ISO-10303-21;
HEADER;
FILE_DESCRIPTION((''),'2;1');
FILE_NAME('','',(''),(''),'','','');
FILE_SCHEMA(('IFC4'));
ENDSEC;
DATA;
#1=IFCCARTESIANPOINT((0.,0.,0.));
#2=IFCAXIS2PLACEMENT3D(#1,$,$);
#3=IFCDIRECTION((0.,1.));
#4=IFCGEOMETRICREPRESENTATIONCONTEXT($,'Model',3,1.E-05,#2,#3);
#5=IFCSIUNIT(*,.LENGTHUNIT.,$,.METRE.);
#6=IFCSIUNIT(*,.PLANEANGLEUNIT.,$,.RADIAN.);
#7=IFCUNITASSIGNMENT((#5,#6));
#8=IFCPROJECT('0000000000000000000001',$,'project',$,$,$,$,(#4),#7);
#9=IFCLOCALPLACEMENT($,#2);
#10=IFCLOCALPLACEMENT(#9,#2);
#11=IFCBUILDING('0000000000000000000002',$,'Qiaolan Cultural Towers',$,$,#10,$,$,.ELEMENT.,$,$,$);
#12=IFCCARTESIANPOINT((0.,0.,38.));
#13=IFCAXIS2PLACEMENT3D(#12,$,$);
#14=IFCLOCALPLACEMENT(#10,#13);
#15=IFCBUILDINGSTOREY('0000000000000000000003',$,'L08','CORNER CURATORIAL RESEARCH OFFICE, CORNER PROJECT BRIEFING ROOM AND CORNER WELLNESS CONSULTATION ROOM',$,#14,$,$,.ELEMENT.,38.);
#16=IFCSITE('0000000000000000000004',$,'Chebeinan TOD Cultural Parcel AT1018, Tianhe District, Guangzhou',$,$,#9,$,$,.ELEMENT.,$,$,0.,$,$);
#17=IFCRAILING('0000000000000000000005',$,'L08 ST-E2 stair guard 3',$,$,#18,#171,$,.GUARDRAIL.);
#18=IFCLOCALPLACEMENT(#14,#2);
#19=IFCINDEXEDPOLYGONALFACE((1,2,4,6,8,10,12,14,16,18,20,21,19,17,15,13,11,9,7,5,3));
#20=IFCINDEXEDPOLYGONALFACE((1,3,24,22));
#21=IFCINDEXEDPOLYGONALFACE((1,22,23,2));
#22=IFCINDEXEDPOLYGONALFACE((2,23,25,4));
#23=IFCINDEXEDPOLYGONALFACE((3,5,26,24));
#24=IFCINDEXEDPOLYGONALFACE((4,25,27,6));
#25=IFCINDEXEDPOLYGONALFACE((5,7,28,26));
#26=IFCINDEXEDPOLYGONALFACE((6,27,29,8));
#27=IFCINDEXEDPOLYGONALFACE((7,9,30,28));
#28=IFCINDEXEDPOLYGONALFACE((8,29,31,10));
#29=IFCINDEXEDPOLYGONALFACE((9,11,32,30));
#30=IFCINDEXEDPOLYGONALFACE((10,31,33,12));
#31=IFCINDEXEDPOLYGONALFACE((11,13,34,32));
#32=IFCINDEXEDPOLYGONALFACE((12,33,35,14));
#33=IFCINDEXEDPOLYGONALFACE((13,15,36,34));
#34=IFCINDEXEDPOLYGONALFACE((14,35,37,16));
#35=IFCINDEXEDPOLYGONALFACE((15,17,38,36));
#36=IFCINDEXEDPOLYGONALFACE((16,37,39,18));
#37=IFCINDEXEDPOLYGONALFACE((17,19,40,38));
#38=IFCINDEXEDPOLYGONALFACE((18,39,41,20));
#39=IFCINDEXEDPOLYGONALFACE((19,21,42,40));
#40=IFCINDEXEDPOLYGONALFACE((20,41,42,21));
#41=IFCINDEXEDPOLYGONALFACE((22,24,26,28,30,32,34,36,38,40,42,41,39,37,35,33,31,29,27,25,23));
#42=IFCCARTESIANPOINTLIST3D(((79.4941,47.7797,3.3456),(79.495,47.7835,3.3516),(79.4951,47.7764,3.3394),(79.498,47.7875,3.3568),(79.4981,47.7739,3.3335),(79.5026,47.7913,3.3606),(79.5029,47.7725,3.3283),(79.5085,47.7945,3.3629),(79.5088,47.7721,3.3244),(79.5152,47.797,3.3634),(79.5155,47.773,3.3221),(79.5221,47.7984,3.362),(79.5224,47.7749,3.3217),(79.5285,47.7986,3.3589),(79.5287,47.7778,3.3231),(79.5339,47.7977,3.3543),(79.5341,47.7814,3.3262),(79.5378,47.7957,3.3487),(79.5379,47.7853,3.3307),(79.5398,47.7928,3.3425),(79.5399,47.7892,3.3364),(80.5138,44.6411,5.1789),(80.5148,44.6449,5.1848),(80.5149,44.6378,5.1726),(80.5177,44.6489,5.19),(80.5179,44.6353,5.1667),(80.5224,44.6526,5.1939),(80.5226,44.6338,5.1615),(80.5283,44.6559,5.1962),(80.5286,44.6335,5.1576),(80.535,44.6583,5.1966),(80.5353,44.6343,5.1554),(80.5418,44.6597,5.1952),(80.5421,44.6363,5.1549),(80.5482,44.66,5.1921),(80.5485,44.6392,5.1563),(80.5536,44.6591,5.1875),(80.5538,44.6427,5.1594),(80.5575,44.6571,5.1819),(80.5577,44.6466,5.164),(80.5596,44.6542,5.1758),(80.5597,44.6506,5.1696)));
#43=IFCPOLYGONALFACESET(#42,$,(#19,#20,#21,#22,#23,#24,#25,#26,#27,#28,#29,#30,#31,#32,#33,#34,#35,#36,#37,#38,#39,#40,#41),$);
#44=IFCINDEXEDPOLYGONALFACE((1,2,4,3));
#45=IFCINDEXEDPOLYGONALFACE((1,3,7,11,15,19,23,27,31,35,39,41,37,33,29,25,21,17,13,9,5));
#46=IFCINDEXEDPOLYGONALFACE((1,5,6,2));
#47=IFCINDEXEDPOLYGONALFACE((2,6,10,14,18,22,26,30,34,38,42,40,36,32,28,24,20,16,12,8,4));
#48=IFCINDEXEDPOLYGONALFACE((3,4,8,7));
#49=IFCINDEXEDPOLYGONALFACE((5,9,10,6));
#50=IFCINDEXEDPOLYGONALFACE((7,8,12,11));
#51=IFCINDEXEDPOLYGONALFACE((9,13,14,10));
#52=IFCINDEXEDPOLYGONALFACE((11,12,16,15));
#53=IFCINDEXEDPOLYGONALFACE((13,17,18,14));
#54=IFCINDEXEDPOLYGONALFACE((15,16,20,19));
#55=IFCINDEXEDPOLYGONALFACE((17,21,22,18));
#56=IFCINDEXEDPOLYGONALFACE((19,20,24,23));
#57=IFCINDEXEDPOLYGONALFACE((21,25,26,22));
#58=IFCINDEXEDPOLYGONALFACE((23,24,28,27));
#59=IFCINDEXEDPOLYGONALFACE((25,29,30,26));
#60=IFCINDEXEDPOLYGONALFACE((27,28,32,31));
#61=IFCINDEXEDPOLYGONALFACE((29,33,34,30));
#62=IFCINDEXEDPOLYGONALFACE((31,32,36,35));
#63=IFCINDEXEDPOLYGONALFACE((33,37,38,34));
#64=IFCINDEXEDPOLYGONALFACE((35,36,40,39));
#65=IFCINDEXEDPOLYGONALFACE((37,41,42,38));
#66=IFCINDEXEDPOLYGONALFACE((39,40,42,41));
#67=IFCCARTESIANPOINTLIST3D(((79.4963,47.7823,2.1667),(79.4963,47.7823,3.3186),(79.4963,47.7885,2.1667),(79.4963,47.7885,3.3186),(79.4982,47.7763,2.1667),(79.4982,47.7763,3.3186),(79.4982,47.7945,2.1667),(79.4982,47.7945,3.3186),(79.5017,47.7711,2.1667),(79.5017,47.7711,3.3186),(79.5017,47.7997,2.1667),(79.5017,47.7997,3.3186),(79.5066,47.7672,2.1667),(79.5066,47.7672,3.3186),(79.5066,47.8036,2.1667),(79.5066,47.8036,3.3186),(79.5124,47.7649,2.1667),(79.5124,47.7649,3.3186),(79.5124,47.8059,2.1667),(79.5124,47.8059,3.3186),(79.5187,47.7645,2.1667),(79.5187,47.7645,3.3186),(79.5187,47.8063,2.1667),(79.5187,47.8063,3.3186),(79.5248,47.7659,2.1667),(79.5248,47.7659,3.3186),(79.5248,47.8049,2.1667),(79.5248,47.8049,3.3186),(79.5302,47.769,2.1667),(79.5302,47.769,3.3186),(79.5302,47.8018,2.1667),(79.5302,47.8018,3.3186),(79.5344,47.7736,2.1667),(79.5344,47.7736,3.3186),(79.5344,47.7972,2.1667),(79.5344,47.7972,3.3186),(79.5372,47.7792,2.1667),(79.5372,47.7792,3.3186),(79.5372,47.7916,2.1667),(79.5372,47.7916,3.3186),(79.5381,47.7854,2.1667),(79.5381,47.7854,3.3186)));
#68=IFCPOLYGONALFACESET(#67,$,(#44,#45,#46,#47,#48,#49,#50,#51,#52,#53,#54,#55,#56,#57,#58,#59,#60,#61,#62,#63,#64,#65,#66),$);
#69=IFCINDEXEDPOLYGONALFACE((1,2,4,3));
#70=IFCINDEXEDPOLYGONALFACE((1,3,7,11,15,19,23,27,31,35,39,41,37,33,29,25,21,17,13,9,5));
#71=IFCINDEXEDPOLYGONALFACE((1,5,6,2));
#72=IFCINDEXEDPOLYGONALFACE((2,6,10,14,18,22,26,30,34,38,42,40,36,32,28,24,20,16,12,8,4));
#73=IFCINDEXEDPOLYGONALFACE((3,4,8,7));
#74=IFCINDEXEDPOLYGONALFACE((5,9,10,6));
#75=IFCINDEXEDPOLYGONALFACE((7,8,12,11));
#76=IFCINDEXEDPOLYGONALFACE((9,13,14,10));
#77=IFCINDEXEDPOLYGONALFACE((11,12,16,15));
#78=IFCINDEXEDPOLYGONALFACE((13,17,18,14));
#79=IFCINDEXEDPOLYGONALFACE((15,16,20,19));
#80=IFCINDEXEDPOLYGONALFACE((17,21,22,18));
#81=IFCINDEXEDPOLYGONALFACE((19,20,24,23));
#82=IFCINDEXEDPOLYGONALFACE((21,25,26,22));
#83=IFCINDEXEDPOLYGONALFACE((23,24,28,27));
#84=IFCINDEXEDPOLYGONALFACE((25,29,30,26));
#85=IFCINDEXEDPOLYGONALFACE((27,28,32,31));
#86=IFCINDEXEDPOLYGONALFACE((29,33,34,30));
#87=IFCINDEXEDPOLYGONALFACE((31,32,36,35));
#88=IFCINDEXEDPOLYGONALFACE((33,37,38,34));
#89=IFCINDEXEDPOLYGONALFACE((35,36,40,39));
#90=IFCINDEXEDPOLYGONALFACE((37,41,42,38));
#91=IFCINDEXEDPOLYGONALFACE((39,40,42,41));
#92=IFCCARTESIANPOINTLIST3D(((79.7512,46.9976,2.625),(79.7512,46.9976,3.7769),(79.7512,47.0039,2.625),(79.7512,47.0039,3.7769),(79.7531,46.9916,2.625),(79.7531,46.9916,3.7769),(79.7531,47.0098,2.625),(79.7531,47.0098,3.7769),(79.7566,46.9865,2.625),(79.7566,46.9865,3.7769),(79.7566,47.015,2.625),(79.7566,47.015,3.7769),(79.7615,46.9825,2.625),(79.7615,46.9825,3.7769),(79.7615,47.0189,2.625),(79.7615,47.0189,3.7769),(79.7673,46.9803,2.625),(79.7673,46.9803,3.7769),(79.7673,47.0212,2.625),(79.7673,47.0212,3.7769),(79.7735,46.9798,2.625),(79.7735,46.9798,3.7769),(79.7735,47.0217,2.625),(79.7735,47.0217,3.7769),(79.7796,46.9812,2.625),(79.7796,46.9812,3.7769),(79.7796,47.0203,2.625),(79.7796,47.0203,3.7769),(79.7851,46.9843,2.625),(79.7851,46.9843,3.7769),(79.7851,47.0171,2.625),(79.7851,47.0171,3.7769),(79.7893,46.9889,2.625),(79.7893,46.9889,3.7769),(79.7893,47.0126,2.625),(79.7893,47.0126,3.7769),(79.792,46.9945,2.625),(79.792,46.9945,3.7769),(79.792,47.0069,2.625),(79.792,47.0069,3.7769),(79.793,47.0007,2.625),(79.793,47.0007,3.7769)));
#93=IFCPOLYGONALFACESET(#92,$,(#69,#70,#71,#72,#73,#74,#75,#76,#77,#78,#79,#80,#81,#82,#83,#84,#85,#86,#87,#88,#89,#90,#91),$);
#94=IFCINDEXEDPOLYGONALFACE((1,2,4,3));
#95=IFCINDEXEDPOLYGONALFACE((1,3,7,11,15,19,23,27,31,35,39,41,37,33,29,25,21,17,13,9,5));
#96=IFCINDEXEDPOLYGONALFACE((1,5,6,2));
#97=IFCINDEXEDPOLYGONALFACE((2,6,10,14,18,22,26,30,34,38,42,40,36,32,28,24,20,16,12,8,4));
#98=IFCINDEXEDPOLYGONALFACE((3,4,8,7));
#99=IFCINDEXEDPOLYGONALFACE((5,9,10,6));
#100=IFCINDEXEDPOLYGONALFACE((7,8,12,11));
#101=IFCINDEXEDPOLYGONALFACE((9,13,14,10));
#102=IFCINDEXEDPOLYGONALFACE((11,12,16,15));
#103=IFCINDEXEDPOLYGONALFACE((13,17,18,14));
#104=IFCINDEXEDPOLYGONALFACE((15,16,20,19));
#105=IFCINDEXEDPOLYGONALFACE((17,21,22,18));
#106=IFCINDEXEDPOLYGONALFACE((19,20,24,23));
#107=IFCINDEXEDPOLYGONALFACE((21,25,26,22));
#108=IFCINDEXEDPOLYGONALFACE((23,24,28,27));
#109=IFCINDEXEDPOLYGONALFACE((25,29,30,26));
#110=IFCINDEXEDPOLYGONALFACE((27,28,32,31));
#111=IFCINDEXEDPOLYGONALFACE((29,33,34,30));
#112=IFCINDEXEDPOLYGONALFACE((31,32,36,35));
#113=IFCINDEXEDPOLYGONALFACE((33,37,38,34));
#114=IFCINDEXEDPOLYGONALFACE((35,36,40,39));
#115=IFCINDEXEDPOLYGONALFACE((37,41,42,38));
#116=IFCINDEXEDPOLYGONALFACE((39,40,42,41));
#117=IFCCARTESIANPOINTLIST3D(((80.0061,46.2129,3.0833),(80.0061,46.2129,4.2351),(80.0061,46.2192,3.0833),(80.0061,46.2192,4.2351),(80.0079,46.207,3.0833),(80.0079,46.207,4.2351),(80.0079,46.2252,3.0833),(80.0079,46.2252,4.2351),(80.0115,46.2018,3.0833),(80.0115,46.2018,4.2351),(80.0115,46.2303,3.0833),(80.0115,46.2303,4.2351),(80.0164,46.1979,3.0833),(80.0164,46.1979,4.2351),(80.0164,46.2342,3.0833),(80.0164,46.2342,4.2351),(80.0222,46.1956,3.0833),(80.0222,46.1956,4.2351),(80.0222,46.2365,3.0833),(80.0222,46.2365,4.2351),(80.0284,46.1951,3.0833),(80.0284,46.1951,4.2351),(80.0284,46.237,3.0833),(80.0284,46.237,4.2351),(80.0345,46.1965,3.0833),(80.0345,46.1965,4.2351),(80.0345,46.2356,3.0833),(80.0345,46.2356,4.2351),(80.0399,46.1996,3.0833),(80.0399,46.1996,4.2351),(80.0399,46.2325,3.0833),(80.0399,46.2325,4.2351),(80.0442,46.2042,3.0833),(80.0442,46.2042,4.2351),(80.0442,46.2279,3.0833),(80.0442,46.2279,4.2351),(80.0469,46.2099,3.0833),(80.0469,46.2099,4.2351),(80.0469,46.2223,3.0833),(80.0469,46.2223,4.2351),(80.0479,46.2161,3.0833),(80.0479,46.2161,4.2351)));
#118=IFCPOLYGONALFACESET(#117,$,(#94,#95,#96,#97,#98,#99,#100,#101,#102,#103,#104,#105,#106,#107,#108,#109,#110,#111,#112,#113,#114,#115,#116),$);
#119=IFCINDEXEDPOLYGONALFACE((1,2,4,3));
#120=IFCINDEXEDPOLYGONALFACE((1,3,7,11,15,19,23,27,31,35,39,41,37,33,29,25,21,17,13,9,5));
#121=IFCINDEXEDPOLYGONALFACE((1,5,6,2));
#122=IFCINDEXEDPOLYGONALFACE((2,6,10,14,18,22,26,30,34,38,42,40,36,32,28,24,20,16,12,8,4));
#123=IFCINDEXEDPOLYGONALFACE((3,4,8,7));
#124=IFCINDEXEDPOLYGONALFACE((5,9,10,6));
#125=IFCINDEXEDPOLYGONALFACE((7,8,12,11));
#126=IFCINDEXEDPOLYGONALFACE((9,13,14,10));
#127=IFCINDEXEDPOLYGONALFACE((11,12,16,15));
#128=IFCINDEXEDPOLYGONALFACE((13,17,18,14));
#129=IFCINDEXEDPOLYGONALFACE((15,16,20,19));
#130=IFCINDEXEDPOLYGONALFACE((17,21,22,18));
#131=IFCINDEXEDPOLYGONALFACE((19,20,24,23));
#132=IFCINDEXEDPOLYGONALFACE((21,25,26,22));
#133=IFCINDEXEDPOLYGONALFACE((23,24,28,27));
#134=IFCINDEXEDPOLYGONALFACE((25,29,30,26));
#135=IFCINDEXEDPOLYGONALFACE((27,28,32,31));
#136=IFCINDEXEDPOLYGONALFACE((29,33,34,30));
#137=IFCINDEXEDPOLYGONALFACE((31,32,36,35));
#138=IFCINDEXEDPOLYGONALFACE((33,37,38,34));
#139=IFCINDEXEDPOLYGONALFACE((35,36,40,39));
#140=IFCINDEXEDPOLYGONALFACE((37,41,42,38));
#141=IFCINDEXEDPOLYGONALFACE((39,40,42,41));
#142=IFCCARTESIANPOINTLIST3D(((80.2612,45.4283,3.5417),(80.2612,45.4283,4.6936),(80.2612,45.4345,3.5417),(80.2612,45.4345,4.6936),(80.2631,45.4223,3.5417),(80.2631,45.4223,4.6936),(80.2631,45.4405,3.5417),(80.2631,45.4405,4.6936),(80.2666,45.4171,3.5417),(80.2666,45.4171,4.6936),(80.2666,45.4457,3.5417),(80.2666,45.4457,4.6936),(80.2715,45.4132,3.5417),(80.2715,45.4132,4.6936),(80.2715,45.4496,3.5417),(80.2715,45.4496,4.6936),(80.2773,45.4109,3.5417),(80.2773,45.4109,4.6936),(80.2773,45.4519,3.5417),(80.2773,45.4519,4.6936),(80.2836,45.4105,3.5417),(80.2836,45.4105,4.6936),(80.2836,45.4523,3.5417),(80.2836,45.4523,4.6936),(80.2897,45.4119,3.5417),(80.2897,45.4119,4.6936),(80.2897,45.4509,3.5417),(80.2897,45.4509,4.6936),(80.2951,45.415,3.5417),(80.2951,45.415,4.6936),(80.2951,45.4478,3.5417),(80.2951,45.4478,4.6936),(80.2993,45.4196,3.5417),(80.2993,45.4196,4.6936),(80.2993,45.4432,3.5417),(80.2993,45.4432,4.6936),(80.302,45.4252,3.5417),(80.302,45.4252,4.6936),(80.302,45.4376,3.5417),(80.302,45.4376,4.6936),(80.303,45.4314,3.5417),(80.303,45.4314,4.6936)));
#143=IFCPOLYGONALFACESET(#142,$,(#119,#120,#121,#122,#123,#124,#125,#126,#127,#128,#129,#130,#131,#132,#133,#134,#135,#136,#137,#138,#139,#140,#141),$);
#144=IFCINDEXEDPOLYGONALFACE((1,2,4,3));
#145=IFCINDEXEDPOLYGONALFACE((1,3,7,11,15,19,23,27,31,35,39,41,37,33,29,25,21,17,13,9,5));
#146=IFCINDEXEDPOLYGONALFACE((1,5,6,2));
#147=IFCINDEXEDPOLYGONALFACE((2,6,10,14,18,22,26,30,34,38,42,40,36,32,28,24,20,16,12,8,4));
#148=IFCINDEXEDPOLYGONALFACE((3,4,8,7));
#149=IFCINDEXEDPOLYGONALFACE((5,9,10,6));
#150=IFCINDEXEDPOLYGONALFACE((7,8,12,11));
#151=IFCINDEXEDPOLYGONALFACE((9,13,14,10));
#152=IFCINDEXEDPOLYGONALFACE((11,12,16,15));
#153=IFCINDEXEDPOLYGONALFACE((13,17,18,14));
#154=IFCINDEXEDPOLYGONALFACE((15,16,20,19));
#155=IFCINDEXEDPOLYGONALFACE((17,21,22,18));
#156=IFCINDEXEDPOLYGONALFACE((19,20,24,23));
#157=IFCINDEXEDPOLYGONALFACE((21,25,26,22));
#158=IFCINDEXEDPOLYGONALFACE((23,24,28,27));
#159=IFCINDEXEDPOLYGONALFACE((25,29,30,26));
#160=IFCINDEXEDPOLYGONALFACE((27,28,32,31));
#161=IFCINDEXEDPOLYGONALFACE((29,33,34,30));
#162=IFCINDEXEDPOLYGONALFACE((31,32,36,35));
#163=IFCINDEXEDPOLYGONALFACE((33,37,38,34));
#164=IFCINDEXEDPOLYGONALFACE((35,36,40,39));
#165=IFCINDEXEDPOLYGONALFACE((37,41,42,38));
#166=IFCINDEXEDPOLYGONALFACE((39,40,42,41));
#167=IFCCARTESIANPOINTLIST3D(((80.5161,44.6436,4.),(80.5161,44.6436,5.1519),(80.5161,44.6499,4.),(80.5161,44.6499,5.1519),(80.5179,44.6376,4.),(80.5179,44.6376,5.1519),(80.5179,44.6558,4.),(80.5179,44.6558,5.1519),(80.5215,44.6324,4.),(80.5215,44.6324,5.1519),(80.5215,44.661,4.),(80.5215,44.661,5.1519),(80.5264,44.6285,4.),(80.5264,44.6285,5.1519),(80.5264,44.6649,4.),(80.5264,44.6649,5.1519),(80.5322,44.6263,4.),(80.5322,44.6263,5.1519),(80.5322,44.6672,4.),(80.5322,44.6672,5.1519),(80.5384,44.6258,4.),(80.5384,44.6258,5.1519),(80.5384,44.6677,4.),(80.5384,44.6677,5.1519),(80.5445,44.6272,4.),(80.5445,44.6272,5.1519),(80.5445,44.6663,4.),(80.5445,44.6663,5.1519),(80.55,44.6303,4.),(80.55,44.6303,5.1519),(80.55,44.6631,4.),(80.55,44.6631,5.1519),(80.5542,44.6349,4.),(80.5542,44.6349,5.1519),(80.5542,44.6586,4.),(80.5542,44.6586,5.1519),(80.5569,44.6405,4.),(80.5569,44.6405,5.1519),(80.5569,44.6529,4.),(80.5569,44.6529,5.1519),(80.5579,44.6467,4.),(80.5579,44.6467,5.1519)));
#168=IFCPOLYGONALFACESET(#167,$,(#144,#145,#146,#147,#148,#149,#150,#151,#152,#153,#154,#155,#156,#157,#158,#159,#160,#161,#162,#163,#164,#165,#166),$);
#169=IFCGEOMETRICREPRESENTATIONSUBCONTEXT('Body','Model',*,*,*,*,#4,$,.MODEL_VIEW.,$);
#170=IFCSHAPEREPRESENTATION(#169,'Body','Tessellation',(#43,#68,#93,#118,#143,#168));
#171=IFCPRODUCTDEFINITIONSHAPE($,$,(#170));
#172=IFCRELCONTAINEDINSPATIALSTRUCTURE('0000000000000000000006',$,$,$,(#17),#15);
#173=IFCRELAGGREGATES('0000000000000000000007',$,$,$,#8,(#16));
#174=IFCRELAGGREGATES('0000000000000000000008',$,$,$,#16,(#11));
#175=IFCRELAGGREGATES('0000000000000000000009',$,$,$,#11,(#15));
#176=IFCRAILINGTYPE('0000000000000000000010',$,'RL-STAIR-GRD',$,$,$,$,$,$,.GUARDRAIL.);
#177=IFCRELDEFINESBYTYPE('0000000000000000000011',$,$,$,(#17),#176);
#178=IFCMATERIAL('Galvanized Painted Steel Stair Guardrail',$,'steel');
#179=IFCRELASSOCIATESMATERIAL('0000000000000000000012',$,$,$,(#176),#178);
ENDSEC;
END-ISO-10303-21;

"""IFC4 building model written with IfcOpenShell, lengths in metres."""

from ifc_helpers import new_model, si_unit, direction, frame, origin, origin_2d, place, context, subcontext, project, spatial, circle, extrude, material, type_object, element, save


model = new_model("IFC4")

# Units and contexts
model_context = context("Model", 3, precision=1e-05, world=origin(), true_north=direction((0.0, 1.0)))
body_context = subcontext(model_context, "Body", "Model", "MODEL_VIEW")
ifc_project = project(units=[si_unit("LENGTHUNIT", "METRE"), si_unit("PLANEANGLEUNIT", "RADIAN")], contexts=[model_context])

# Site, building, storey
site_placement = place(None, origin())
site = spatial("IfcSite", under=ifc_project, at=site_placement, Name="Chebeinan TOD Cultural Parcel AT1018, Tianhe District, Guangzhou", CompositionType="ELEMENT", RefElevation=0.0)
building_placement = place(site_placement, origin())
building = spatial("IfcBuilding", under=site, at=building_placement, Name="Qiaolan Cultural Towers", CompositionType="ELEMENT")
storey_placement = place(building_placement, frame((0.0, 0.0, 38.0)))
storey = spatial("IfcBuildingStorey", under=building, at=storey_placement, Name="L08", Description="CORNER CURATORIAL RESEARCH OFFICE, CORNER PROJECT BRIEFING ROOM AND CORNER WELLNESS CONSULTATION ROOM", CompositionType="ELEMENT", Elevation=38.0)

# Railing
ifc_material_1 = material(Name="Galvanized Painted Steel Stair Guardrail", Category="steel")
railing_type_1 = type_object("IfcRailingType", Name="RL-STAIR-GRD", PredefinedType="GUARDRAIL", material=ifc_material_1)
railing_1_placement = place(storey_placement, frame((79.5171, 47.7854, 2.1667)))
element("IfcRailing", 1, at=railing_1_placement, inside=storey, type_object=railing_type_1, Name="L08 ST-E2 stair guard 3", PredefinedType="GUARDRAIL", context=body_context, shape_type="SweptSolid", body=[
    extrude(circle(Radius=0.0239, at=origin_2d()), frame((0.0, 0.0, 1.1758), z_axis=(0.270126, -0.831396, 0.485606), x_axis=(0.95106, 0.309006, 0.0)), (0.0, 0.0, 1.0), 3.7751),
    extrude(circle(Radius=0.021, at=origin_2d()), origin(), (0.0, 0.0, 1.0), 1.1519),
    extrude(circle(Radius=0.021, at=origin_2d()), frame((0.2549, -0.7847, 0.4583)), (0.0, 0.0, 1.0), 1.1519),
    extrude(circle(Radius=0.021, at=origin_2d()), frame((0.5098, -1.5693, 0.9165)), (0.0, 0.0, 1.0), 1.1519),
    extrude(circle(Radius=0.021, at=origin_2d()), frame((0.7649, -2.354, 1.375)), (0.0, 0.0, 1.0), 1.1519),
    extrude(circle(Radius=0.021, at=origin_2d()), frame((1.0198, -3.1387, 1.8333)), (0.0, 0.0, 1.0), 1.1519),
])

save(model, "model.ifc")
